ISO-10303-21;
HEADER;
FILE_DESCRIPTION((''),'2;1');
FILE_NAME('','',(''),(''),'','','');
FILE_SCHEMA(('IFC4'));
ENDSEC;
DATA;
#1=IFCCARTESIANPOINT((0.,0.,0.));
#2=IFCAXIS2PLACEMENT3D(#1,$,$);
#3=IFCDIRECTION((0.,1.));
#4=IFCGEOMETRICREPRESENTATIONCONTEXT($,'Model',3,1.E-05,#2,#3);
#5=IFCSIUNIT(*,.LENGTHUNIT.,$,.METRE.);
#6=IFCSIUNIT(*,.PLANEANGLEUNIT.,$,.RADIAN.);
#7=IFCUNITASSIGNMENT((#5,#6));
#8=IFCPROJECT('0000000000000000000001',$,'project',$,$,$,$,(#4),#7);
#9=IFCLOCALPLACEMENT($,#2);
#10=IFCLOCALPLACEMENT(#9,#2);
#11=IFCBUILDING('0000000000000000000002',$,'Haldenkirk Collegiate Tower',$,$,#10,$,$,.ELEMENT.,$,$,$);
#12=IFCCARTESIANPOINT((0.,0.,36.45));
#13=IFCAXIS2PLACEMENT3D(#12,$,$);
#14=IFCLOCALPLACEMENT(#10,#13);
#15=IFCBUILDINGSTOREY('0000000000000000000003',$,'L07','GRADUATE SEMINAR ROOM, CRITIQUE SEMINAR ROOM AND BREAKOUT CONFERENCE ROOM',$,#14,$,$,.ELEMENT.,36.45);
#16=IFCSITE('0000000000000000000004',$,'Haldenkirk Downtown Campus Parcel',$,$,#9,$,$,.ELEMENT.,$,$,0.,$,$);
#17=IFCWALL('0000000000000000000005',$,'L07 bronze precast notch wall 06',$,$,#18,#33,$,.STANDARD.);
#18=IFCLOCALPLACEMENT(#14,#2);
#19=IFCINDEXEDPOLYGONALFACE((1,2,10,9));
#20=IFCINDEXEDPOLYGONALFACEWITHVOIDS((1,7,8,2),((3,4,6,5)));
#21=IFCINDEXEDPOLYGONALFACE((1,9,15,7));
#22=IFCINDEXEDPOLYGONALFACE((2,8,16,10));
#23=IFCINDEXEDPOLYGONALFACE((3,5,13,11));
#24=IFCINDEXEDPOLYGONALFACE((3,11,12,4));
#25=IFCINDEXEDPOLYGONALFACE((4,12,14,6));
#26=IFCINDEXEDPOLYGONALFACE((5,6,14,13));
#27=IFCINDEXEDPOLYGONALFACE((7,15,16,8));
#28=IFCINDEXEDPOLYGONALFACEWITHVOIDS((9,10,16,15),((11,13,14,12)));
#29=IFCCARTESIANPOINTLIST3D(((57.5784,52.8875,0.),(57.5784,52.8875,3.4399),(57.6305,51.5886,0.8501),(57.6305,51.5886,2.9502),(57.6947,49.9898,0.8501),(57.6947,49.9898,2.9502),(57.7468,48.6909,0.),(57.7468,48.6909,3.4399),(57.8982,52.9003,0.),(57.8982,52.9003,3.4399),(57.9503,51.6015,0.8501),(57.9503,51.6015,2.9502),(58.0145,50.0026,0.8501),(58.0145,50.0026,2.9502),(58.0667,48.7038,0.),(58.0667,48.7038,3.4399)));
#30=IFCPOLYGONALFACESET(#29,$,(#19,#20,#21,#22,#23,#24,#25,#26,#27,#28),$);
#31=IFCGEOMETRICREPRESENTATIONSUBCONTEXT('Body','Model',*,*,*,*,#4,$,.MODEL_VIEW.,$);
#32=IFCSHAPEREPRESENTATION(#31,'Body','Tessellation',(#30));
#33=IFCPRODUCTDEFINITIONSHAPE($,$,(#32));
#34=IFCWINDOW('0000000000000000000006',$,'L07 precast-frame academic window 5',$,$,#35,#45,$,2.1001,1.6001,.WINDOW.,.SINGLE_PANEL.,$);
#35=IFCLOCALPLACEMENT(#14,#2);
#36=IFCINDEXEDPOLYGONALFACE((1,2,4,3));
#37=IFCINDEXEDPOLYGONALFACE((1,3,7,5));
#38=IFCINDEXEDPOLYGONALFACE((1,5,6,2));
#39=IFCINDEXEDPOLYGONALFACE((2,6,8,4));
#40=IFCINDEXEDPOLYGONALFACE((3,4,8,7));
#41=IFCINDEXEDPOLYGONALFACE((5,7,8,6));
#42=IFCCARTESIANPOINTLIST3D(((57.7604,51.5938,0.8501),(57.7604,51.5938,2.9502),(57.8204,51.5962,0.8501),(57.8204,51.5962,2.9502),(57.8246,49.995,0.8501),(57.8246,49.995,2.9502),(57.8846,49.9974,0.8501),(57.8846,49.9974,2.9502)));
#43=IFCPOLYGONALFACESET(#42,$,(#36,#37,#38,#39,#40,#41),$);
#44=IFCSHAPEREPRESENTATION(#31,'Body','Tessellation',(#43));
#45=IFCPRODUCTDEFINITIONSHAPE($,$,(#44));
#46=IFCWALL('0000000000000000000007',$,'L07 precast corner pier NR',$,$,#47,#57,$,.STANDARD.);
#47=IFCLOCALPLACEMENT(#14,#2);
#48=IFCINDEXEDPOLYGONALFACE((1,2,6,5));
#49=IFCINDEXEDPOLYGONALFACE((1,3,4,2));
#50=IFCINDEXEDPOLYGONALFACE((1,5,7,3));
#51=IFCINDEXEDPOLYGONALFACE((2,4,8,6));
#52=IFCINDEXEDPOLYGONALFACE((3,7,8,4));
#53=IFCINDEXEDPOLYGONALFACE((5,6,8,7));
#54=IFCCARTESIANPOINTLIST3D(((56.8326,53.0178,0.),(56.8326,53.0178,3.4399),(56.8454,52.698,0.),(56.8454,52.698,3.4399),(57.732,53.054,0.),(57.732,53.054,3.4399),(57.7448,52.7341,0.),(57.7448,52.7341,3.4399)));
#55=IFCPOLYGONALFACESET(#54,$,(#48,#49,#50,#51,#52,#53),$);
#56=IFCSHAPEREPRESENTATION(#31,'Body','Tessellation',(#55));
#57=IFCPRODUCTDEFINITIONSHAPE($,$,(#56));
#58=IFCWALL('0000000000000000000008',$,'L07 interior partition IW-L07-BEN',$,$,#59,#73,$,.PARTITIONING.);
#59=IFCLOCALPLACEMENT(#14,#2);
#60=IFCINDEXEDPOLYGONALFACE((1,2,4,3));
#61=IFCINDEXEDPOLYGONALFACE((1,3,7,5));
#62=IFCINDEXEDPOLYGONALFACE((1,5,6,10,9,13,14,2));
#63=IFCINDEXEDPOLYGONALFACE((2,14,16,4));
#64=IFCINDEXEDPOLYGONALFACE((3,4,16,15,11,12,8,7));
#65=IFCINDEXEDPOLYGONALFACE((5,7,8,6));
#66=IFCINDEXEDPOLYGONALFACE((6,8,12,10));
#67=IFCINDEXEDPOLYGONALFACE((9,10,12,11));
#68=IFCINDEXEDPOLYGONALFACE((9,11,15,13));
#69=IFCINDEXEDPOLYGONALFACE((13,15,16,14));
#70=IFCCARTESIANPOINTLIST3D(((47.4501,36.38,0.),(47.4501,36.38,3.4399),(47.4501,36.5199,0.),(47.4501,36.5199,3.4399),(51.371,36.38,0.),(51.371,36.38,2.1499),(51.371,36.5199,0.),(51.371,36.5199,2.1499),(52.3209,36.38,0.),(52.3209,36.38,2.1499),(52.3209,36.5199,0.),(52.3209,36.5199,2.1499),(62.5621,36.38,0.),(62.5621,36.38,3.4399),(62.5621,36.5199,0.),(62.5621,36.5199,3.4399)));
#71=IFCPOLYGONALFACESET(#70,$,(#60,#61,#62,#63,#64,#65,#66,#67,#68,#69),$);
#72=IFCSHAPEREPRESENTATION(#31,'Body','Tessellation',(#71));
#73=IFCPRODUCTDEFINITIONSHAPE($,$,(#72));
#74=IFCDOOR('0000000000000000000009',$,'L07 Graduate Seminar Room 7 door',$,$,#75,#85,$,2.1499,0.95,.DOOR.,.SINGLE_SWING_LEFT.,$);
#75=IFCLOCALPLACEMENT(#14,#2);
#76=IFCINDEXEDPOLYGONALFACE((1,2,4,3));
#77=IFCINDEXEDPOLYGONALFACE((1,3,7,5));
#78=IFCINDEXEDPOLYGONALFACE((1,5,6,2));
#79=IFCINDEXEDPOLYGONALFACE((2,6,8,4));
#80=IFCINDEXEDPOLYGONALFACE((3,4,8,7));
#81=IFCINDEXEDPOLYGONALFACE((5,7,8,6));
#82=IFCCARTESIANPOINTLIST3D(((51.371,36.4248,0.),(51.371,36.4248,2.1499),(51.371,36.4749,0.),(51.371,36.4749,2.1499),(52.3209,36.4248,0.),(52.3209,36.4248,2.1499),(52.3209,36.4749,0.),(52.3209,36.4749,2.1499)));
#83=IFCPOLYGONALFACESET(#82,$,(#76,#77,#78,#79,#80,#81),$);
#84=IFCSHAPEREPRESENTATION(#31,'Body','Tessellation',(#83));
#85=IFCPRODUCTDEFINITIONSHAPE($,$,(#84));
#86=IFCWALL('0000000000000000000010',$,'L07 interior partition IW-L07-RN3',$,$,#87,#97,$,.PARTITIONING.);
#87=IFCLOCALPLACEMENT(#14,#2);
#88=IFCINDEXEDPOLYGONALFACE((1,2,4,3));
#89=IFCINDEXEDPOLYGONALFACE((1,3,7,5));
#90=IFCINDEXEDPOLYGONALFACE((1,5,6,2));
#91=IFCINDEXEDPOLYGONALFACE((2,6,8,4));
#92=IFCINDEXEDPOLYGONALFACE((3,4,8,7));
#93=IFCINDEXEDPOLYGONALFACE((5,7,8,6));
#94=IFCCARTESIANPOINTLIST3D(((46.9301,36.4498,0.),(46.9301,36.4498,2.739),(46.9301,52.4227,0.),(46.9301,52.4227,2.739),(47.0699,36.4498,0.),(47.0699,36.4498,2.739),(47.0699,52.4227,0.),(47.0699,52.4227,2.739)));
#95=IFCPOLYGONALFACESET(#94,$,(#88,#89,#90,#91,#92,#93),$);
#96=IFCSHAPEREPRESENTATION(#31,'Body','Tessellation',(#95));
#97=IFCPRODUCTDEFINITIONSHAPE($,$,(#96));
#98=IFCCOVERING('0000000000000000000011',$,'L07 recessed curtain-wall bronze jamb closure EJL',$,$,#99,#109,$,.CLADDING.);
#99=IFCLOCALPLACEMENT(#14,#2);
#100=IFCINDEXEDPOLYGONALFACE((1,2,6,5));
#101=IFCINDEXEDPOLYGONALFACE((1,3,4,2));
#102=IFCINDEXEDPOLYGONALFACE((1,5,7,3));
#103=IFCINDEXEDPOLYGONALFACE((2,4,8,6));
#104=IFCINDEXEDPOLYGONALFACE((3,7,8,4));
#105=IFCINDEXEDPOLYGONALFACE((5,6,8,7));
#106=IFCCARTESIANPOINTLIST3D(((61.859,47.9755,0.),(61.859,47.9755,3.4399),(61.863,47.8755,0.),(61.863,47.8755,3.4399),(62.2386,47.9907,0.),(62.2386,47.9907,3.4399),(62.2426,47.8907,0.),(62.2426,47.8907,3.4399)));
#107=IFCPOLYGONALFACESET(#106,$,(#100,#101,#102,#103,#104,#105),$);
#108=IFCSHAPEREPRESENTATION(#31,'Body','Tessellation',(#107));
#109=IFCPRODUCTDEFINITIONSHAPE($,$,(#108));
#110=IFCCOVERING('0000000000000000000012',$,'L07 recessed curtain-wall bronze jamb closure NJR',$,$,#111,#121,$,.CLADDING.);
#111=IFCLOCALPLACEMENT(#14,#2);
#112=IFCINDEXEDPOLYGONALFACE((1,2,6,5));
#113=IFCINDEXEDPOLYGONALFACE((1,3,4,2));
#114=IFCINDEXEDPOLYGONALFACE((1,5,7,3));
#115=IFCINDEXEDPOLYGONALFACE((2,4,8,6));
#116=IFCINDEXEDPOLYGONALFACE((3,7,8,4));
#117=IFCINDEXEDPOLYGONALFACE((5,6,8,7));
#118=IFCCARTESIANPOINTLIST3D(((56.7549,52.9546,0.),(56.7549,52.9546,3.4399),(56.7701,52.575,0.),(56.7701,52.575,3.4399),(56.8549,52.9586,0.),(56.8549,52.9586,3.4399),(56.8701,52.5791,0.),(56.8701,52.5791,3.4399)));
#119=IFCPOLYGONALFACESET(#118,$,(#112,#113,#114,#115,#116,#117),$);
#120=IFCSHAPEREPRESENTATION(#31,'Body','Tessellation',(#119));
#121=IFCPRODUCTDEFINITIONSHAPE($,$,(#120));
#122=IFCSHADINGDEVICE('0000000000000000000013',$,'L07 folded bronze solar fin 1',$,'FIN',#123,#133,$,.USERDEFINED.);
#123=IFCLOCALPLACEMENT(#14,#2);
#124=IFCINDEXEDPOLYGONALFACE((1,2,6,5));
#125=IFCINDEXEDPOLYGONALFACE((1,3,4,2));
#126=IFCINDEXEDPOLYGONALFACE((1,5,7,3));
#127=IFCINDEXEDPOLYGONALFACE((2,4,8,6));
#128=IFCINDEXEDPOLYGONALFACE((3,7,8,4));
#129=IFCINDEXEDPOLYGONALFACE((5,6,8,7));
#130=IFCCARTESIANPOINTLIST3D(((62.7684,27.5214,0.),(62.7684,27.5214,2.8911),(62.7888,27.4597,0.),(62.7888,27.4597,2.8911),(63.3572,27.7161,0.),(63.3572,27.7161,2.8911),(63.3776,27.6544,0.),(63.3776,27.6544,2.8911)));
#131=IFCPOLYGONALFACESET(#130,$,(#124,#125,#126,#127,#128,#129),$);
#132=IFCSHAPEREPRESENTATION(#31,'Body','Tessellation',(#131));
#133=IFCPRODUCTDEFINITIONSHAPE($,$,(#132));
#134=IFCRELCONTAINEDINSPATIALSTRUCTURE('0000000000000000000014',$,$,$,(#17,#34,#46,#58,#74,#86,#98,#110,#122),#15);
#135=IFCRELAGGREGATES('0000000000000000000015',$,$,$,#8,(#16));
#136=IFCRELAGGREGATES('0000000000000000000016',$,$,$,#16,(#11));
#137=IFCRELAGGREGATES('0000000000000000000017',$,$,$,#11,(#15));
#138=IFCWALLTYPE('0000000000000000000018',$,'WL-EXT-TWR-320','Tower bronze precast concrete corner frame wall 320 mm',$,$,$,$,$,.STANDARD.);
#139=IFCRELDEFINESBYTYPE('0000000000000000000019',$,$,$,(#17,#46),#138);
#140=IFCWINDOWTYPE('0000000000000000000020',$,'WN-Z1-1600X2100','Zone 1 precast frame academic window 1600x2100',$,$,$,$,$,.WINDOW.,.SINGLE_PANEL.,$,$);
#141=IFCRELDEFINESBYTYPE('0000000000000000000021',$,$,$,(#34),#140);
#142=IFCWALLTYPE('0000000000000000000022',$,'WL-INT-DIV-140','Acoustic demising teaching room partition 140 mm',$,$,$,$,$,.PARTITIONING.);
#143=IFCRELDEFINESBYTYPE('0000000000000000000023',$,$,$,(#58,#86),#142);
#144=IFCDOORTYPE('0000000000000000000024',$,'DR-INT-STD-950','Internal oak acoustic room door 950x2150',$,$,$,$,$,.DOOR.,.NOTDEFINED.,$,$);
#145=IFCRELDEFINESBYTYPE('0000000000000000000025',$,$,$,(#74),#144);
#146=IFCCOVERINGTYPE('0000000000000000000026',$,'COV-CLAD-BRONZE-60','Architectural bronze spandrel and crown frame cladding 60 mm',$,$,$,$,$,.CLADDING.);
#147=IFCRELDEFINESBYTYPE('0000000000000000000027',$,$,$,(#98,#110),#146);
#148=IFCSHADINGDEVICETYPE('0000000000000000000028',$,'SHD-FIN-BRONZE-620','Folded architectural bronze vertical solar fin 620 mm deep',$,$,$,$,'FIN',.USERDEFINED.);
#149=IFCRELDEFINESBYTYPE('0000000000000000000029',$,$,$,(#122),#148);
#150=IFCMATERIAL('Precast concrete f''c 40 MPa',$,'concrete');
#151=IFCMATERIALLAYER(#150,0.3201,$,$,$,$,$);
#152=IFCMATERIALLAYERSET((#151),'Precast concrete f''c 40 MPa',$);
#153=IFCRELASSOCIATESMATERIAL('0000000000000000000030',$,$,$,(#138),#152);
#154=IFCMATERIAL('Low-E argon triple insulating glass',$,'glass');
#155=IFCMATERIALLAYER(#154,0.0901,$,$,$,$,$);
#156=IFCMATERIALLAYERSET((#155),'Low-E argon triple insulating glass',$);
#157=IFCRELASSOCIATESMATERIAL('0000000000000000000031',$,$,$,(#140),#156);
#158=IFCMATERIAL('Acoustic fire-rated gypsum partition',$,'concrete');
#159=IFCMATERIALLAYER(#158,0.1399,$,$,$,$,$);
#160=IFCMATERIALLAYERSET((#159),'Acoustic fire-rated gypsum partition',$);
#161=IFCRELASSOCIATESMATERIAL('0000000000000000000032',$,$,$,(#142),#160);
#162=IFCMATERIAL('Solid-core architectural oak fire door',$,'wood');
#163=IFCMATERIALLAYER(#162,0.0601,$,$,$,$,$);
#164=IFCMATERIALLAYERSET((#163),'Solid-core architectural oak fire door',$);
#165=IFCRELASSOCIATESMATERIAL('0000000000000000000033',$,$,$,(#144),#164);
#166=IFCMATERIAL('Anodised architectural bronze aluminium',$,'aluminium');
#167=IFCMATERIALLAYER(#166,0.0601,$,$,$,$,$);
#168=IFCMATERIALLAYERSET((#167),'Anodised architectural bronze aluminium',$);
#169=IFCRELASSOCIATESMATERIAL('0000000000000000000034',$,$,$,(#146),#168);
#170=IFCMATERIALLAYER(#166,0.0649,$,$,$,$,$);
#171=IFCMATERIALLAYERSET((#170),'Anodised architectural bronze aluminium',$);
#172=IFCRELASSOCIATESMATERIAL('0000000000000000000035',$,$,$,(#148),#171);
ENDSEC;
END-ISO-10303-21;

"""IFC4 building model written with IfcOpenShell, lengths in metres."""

from ifc_helpers import new_model, si_unit, direction, frame, frame_2d, origin, origin_2d, place, context, subcontext, project, spatial, rectangle, extrude, source, transform, mapped, material, layer, layer_set, type_object, element, fill, save


model = new_model("IFC4")

# Units and contexts
model_context = context("Model", 3, precision=1e-05, world=origin(), true_north=direction((0.0, 1.0)))
body_context = subcontext(model_context, "Body", "Model", "MODEL_VIEW")
ifc_project = project(units=[si_unit("LENGTHUNIT", "METRE"), si_unit("PLANEANGLEUNIT", "RADIAN")], contexts=[model_context])

# Site, building, storey
site_placement = place(None, origin())
site = spatial("IfcSite", under=ifc_project, at=site_placement, Name="Haldenkirk Downtown Campus Parcel", CompositionType="ELEMENT", RefElevation=0.0)
building_placement = place(site_placement, origin())
building = spatial("IfcBuilding", under=site, at=building_placement, Name="Haldenkirk Collegiate Tower", CompositionType="ELEMENT")
storey_placement = place(building_placement, frame((0.0, 0.0, 36.45)))
storey = spatial("IfcBuildingStorey", under=building, at=storey_placement, Name="L07", Description="GRADUATE SEMINAR ROOM, CRITIQUE SEMINAR ROOM AND BREAKOUT CONFERENCE ROOM", CompositionType="ELEMENT", Elevation=36.45)

# Shared definitions
ifc_material_1 = material(Name="Anodised architectural bronze aluminium", Category="aluminium")

# Shared definitions
ifc_material_2 = material(Name="Low-E argon triple insulating glass", Category="glass")

# Shared definitions
ifc_material_3 = material(Name="Precast concrete f'c 40 MPa", Category="concrete")
ifc_layer_1 = layer(ifc_material_3, 0.3201)
ifc_layer_set_1 = layer_set([ifc_layer_1], Name="Precast concrete f'c 40 MPa")
wall_type_1 = type_object("IfcWallType", Name="WL-EXT-TWR-320", Description="Tower bronze precast concrete corner frame wall 320 mm", PredefinedType="STANDARD", material=ifc_layer_set_1)

# Wall, opening, window
wall_1_placement = place(storey_placement, frame((57.7383, 52.894, 0.0), z_axis=(0.0, 0.0, 1.0), x_axis=(0.04011, -0.999195, 0.0)))
wall_1 = element("IfcWall", 1, at=wall_1_placement, inside=storey, type_object=wall_type_1, Name="L07 bronze precast notch wall 06", PredefinedType="STANDARD", context=body_context, shape_type="SweptSolid", body=[
    extrude(rectangle(XDim=4.2, YDim=0.3201, at=frame_2d((2.1001, 0.0))), origin(), (0.0, 0.0, 1.0), 3.4399),
])
opening_1_placement = place(wall_1_placement, frame((1.3, 0.0, 0.8501)))
opening_1 = element("IfcOpeningElement", 2, at=opening_1_placement, cuts=wall_1, PredefinedType="OPENING", context=body_context, shape_type="SweptSolid", body=[
    extrude(rectangle(XDim=1.6001, YDim=2.1001, at=frame_2d((0.8, 1.05))), frame((0.0, 0.1699, 0.0), z_axis=(0.0, -1.0, 0.0), x_axis=(1.0, 0.0, 0.0)), (0.0, 0.0, 1.0), 0.3401),
])
ifc_layer_2 = layer(ifc_material_2, 0.0901)
ifc_layer_set_2 = layer_set([ifc_layer_2], Name="Low-E argon triple insulating glass")
window_type = type_object("IfcWindowType", Name="WN-Z1-1600X2100", Description="Zone 1 precast frame academic window 1600x2100", PartitioningType="SINGLE_PANEL", PredefinedType="WINDOW", material=ifc_layer_set_2)
window_placement = place(opening_1_placement, origin())
window = element("IfcWindow", 3, at=window_placement, inside=storey, type_object=window_type, Name="L07 precast-frame academic window 5", OverallHeight=2.1001, OverallWidth=1.6001, PartitioningType="SINGLE_PANEL", PredefinedType="WINDOW", context=body_context, shape_type="SweptSolid", body=[
    extrude(rectangle(XDim=1.6001, YDim=2.1001, at=frame_2d((0.8, 1.05))), frame((0.0, 0.03, 0.0), z_axis=(0.0, -1.0, 0.0), x_axis=(1.0, 0.0, 0.0)), (0.0, 0.0, 1.0), 0.0601),
])
fill(opening_1, window)

# Wall
wall_2_placement = place(storey_placement, frame((56.8389, 52.8579, 0.0), z_axis=(0.0, 0.0, 1.0), x_axis=(0.999194, 0.040141, 0.0)))
element("IfcWall", 4, at=wall_2_placement, inside=storey, type_object=wall_type_1, Name="L07 precast corner pier NR", PredefinedType="STANDARD", context=body_context, shape_type="SweptSolid", body=[
    extrude(rectangle(XDim=0.9001, YDim=0.3201, at=frame_2d((0.4502, 0.0))), origin(), (0.0, 0.0, 1.0), 3.4399),
])

# Wall, opening, door
ifc_material_4 = material(Name="Acoustic fire-rated gypsum partition", Category="concrete")
ifc_layer_3 = layer(ifc_material_4, 0.1399)
ifc_layer_set_3 = layer_set([ifc_layer_3], Name="Acoustic fire-rated gypsum partition")
wall_type_2 = type_object("IfcWallType", Name="WL-INT-DIV-140", Description="Acoustic demising teaching room partition 140 mm", PredefinedType="PARTITIONING", material=ifc_layer_set_3)
wall_3_placement = place(storey_placement, frame((47.45, 36.45, 0.0), z_axis=(0.0, 0.0, 1.0), x_axis=(1.0, 0.0, 0.0)))
wall_3 = element("IfcWall", 5, at=wall_3_placement, inside=storey, type_object=wall_type_2, Name="L07 interior partition IW-L07-BEN", PredefinedType="PARTITIONING", context=body_context, shape_type="SweptSolid", body=[
    extrude(rectangle(XDim=15.1121, YDim=0.1399, at=frame_2d((7.5562, 0.0))), origin(), (0.0, 0.0, 1.0), 3.4399),
])
opening_2_placement = place(wall_3_placement, frame((3.9209, 0.0, 0.0)))
opening_2 = element("IfcOpeningElement", 6, at=opening_2_placement, cuts=wall_3, PredefinedType="OPENING", context=body_context, shape_type="SweptSolid", body=[
    extrude(rectangle(XDim=0.95, YDim=2.1499, at=frame_2d((0.4751, 1.075))), frame((0.0, 0.0798, 0.0), z_axis=(0.0, -1.0, 0.0), x_axis=(1.0, 0.0, 0.0)), (0.0, 0.0, 1.0), 0.1599),
])
ifc_material_5 = material(Name="Solid-core architectural oak fire door", Category="wood")
ifc_layer_4 = layer(ifc_material_5, 0.0601)
ifc_layer_set_4 = layer_set([ifc_layer_4], Name="Solid-core architectural oak fire door")
door_type = type_object("IfcDoorType", Name="DR-INT-STD-950", Description="Internal oak acoustic room door 950x2150", OperationType="NOTDEFINED", PredefinedType="DOOR", material=ifc_layer_set_4)
door_placement = place(opening_2_placement, origin())
door = element("IfcDoor", 7, at=door_placement, inside=storey, type_object=door_type, Name="L07 Graduate Seminar Room 7 door", OperationType="SINGLE_SWING_LEFT", OverallHeight=2.1499, OverallWidth=0.95, PredefinedType="DOOR", context=body_context, shape_type="SweptSolid", body=[
    extrude(rectangle(XDim=0.95, YDim=2.1499, at=frame_2d((0.4751, 1.075))), frame((0.0, 0.0249, 0.0), z_axis=(0.0, -1.0, 0.0), x_axis=(1.0, 0.0, 0.0)), (0.0, 0.0, 1.0), 0.05),
])
fill(opening_2, door)

# Wall
wall_4_placement = place(storey_placement, frame((47.0, 36.45, 0.0), z_axis=(0.0, 0.0, 1.0), x_axis=(0.0, 1.0, 0.0)))
element("IfcWall", 8, at=wall_4_placement, inside=storey, type_object=wall_type_2, Name="L07 interior partition IW-L07-RN3", PredefinedType="PARTITIONING", context=body_context, shape_type="SweptSolid", body=[
    extrude(rectangle(XDim=15.9729, YDim=0.1399, at=frame_2d((7.9863, 0.0))), origin(), (0.0, 0.0, 1.0), 2.739),
])

# Coverings
ifc_layer_5 = layer(ifc_material_1, 0.0601)
ifc_layer_set_5 = layer_set([ifc_layer_5], Name="Anodised architectural bronze aluminium")
covering_type = type_object("IfcCoveringType", Name="COV-CLAD-BRONZE-60", Description="Architectural bronze spandrel and crown frame cladding 60 mm", PredefinedType="CLADDING", material=ifc_layer_set_5)
shared_shape_1 = source(origin(), body_context, "Body", "SweptSolid", [
    extrude(rectangle(XDim=0.1001, YDim=0.3799, at=origin_2d()), origin(), (0.0, 0.0, 1.0), 3.4399),
])
for number, where, z_axis, x_axis, name in (
    (9, (62.0508, 47.9331, 0.0), (0.0, 0.0, 1.0), (0.040132, -0.999194, 0.0), "L07 recessed curtain-wall bronze jamb closure EJL"),
    (10, (56.8125, 52.7668, 0.0), (0.0, 0.0, 1.0), (0.999194, 0.040132, 0.0), "L07 recessed curtain-wall bronze jamb closure NJR"),
):
    element("IfcCovering", number, at=place(storey_placement, frame(where, z_axis=z_axis, x_axis=x_axis)), inside=storey, type_object=covering_type, Name=name, PredefinedType="CLADDING", context=body_context, shape_type="MappedRepresentation", body=[
        mapped(shared_shape_1, transform((0.0, 0.0, 0.0), x_axis=(1.0, 0.0, 0.0), y_axis=(0.0, 1.0, 0.0), z_axis=(0.0, 0.0, 1.0), scale=1.0)),
    ])

# Shading device
ifc_layer_6 = layer(ifc_material_1, 0.0649)
ifc_layer_set_6 = layer_set([ifc_layer_6], Name="Anodised architectural bronze aluminium")
shading_device_type = type_object("IfcShadingDeviceType", Name="SHD-FIN-BRONZE-620", Description="Folded architectural bronze vertical solar fin 620 mm deep", ElementType="FIN", PredefinedType="USERDEFINED", material=ifc_layer_set_6)
shared_shape_2 = source(origin(), body_context, "Body", "SweptSolid", [
    extrude(rectangle(XDim=0.6201, YDim=0.0649, at=origin_2d()), origin(), (0.0, 0.0, 1.0), 2.8911),
])
shading_device_placement = place(storey_placement, frame((63.073, 27.5879, 0.0), z_axis=(0.0, 0.0, 1.0), x_axis=(0.949425, 0.313992, 0.0)))
element("IfcShadingDevice", 11, at=shading_device_placement, inside=storey, type_object=shading_device_type, Name="L07 folded bronze solar fin 1", ObjectType="FIN", PredefinedType="USERDEFINED", context=body_context, shape_type="MappedRepresentation", body=[
    mapped(shared_shape_2, transform((0.0, 0.0, 0.0), x_axis=(1.0, 0.0, 0.0), y_axis=(0.0, 1.0, 0.0), z_axis=(0.0, 0.0, 1.0), scale=1.0)),
])

save(model, "model.ifc")
